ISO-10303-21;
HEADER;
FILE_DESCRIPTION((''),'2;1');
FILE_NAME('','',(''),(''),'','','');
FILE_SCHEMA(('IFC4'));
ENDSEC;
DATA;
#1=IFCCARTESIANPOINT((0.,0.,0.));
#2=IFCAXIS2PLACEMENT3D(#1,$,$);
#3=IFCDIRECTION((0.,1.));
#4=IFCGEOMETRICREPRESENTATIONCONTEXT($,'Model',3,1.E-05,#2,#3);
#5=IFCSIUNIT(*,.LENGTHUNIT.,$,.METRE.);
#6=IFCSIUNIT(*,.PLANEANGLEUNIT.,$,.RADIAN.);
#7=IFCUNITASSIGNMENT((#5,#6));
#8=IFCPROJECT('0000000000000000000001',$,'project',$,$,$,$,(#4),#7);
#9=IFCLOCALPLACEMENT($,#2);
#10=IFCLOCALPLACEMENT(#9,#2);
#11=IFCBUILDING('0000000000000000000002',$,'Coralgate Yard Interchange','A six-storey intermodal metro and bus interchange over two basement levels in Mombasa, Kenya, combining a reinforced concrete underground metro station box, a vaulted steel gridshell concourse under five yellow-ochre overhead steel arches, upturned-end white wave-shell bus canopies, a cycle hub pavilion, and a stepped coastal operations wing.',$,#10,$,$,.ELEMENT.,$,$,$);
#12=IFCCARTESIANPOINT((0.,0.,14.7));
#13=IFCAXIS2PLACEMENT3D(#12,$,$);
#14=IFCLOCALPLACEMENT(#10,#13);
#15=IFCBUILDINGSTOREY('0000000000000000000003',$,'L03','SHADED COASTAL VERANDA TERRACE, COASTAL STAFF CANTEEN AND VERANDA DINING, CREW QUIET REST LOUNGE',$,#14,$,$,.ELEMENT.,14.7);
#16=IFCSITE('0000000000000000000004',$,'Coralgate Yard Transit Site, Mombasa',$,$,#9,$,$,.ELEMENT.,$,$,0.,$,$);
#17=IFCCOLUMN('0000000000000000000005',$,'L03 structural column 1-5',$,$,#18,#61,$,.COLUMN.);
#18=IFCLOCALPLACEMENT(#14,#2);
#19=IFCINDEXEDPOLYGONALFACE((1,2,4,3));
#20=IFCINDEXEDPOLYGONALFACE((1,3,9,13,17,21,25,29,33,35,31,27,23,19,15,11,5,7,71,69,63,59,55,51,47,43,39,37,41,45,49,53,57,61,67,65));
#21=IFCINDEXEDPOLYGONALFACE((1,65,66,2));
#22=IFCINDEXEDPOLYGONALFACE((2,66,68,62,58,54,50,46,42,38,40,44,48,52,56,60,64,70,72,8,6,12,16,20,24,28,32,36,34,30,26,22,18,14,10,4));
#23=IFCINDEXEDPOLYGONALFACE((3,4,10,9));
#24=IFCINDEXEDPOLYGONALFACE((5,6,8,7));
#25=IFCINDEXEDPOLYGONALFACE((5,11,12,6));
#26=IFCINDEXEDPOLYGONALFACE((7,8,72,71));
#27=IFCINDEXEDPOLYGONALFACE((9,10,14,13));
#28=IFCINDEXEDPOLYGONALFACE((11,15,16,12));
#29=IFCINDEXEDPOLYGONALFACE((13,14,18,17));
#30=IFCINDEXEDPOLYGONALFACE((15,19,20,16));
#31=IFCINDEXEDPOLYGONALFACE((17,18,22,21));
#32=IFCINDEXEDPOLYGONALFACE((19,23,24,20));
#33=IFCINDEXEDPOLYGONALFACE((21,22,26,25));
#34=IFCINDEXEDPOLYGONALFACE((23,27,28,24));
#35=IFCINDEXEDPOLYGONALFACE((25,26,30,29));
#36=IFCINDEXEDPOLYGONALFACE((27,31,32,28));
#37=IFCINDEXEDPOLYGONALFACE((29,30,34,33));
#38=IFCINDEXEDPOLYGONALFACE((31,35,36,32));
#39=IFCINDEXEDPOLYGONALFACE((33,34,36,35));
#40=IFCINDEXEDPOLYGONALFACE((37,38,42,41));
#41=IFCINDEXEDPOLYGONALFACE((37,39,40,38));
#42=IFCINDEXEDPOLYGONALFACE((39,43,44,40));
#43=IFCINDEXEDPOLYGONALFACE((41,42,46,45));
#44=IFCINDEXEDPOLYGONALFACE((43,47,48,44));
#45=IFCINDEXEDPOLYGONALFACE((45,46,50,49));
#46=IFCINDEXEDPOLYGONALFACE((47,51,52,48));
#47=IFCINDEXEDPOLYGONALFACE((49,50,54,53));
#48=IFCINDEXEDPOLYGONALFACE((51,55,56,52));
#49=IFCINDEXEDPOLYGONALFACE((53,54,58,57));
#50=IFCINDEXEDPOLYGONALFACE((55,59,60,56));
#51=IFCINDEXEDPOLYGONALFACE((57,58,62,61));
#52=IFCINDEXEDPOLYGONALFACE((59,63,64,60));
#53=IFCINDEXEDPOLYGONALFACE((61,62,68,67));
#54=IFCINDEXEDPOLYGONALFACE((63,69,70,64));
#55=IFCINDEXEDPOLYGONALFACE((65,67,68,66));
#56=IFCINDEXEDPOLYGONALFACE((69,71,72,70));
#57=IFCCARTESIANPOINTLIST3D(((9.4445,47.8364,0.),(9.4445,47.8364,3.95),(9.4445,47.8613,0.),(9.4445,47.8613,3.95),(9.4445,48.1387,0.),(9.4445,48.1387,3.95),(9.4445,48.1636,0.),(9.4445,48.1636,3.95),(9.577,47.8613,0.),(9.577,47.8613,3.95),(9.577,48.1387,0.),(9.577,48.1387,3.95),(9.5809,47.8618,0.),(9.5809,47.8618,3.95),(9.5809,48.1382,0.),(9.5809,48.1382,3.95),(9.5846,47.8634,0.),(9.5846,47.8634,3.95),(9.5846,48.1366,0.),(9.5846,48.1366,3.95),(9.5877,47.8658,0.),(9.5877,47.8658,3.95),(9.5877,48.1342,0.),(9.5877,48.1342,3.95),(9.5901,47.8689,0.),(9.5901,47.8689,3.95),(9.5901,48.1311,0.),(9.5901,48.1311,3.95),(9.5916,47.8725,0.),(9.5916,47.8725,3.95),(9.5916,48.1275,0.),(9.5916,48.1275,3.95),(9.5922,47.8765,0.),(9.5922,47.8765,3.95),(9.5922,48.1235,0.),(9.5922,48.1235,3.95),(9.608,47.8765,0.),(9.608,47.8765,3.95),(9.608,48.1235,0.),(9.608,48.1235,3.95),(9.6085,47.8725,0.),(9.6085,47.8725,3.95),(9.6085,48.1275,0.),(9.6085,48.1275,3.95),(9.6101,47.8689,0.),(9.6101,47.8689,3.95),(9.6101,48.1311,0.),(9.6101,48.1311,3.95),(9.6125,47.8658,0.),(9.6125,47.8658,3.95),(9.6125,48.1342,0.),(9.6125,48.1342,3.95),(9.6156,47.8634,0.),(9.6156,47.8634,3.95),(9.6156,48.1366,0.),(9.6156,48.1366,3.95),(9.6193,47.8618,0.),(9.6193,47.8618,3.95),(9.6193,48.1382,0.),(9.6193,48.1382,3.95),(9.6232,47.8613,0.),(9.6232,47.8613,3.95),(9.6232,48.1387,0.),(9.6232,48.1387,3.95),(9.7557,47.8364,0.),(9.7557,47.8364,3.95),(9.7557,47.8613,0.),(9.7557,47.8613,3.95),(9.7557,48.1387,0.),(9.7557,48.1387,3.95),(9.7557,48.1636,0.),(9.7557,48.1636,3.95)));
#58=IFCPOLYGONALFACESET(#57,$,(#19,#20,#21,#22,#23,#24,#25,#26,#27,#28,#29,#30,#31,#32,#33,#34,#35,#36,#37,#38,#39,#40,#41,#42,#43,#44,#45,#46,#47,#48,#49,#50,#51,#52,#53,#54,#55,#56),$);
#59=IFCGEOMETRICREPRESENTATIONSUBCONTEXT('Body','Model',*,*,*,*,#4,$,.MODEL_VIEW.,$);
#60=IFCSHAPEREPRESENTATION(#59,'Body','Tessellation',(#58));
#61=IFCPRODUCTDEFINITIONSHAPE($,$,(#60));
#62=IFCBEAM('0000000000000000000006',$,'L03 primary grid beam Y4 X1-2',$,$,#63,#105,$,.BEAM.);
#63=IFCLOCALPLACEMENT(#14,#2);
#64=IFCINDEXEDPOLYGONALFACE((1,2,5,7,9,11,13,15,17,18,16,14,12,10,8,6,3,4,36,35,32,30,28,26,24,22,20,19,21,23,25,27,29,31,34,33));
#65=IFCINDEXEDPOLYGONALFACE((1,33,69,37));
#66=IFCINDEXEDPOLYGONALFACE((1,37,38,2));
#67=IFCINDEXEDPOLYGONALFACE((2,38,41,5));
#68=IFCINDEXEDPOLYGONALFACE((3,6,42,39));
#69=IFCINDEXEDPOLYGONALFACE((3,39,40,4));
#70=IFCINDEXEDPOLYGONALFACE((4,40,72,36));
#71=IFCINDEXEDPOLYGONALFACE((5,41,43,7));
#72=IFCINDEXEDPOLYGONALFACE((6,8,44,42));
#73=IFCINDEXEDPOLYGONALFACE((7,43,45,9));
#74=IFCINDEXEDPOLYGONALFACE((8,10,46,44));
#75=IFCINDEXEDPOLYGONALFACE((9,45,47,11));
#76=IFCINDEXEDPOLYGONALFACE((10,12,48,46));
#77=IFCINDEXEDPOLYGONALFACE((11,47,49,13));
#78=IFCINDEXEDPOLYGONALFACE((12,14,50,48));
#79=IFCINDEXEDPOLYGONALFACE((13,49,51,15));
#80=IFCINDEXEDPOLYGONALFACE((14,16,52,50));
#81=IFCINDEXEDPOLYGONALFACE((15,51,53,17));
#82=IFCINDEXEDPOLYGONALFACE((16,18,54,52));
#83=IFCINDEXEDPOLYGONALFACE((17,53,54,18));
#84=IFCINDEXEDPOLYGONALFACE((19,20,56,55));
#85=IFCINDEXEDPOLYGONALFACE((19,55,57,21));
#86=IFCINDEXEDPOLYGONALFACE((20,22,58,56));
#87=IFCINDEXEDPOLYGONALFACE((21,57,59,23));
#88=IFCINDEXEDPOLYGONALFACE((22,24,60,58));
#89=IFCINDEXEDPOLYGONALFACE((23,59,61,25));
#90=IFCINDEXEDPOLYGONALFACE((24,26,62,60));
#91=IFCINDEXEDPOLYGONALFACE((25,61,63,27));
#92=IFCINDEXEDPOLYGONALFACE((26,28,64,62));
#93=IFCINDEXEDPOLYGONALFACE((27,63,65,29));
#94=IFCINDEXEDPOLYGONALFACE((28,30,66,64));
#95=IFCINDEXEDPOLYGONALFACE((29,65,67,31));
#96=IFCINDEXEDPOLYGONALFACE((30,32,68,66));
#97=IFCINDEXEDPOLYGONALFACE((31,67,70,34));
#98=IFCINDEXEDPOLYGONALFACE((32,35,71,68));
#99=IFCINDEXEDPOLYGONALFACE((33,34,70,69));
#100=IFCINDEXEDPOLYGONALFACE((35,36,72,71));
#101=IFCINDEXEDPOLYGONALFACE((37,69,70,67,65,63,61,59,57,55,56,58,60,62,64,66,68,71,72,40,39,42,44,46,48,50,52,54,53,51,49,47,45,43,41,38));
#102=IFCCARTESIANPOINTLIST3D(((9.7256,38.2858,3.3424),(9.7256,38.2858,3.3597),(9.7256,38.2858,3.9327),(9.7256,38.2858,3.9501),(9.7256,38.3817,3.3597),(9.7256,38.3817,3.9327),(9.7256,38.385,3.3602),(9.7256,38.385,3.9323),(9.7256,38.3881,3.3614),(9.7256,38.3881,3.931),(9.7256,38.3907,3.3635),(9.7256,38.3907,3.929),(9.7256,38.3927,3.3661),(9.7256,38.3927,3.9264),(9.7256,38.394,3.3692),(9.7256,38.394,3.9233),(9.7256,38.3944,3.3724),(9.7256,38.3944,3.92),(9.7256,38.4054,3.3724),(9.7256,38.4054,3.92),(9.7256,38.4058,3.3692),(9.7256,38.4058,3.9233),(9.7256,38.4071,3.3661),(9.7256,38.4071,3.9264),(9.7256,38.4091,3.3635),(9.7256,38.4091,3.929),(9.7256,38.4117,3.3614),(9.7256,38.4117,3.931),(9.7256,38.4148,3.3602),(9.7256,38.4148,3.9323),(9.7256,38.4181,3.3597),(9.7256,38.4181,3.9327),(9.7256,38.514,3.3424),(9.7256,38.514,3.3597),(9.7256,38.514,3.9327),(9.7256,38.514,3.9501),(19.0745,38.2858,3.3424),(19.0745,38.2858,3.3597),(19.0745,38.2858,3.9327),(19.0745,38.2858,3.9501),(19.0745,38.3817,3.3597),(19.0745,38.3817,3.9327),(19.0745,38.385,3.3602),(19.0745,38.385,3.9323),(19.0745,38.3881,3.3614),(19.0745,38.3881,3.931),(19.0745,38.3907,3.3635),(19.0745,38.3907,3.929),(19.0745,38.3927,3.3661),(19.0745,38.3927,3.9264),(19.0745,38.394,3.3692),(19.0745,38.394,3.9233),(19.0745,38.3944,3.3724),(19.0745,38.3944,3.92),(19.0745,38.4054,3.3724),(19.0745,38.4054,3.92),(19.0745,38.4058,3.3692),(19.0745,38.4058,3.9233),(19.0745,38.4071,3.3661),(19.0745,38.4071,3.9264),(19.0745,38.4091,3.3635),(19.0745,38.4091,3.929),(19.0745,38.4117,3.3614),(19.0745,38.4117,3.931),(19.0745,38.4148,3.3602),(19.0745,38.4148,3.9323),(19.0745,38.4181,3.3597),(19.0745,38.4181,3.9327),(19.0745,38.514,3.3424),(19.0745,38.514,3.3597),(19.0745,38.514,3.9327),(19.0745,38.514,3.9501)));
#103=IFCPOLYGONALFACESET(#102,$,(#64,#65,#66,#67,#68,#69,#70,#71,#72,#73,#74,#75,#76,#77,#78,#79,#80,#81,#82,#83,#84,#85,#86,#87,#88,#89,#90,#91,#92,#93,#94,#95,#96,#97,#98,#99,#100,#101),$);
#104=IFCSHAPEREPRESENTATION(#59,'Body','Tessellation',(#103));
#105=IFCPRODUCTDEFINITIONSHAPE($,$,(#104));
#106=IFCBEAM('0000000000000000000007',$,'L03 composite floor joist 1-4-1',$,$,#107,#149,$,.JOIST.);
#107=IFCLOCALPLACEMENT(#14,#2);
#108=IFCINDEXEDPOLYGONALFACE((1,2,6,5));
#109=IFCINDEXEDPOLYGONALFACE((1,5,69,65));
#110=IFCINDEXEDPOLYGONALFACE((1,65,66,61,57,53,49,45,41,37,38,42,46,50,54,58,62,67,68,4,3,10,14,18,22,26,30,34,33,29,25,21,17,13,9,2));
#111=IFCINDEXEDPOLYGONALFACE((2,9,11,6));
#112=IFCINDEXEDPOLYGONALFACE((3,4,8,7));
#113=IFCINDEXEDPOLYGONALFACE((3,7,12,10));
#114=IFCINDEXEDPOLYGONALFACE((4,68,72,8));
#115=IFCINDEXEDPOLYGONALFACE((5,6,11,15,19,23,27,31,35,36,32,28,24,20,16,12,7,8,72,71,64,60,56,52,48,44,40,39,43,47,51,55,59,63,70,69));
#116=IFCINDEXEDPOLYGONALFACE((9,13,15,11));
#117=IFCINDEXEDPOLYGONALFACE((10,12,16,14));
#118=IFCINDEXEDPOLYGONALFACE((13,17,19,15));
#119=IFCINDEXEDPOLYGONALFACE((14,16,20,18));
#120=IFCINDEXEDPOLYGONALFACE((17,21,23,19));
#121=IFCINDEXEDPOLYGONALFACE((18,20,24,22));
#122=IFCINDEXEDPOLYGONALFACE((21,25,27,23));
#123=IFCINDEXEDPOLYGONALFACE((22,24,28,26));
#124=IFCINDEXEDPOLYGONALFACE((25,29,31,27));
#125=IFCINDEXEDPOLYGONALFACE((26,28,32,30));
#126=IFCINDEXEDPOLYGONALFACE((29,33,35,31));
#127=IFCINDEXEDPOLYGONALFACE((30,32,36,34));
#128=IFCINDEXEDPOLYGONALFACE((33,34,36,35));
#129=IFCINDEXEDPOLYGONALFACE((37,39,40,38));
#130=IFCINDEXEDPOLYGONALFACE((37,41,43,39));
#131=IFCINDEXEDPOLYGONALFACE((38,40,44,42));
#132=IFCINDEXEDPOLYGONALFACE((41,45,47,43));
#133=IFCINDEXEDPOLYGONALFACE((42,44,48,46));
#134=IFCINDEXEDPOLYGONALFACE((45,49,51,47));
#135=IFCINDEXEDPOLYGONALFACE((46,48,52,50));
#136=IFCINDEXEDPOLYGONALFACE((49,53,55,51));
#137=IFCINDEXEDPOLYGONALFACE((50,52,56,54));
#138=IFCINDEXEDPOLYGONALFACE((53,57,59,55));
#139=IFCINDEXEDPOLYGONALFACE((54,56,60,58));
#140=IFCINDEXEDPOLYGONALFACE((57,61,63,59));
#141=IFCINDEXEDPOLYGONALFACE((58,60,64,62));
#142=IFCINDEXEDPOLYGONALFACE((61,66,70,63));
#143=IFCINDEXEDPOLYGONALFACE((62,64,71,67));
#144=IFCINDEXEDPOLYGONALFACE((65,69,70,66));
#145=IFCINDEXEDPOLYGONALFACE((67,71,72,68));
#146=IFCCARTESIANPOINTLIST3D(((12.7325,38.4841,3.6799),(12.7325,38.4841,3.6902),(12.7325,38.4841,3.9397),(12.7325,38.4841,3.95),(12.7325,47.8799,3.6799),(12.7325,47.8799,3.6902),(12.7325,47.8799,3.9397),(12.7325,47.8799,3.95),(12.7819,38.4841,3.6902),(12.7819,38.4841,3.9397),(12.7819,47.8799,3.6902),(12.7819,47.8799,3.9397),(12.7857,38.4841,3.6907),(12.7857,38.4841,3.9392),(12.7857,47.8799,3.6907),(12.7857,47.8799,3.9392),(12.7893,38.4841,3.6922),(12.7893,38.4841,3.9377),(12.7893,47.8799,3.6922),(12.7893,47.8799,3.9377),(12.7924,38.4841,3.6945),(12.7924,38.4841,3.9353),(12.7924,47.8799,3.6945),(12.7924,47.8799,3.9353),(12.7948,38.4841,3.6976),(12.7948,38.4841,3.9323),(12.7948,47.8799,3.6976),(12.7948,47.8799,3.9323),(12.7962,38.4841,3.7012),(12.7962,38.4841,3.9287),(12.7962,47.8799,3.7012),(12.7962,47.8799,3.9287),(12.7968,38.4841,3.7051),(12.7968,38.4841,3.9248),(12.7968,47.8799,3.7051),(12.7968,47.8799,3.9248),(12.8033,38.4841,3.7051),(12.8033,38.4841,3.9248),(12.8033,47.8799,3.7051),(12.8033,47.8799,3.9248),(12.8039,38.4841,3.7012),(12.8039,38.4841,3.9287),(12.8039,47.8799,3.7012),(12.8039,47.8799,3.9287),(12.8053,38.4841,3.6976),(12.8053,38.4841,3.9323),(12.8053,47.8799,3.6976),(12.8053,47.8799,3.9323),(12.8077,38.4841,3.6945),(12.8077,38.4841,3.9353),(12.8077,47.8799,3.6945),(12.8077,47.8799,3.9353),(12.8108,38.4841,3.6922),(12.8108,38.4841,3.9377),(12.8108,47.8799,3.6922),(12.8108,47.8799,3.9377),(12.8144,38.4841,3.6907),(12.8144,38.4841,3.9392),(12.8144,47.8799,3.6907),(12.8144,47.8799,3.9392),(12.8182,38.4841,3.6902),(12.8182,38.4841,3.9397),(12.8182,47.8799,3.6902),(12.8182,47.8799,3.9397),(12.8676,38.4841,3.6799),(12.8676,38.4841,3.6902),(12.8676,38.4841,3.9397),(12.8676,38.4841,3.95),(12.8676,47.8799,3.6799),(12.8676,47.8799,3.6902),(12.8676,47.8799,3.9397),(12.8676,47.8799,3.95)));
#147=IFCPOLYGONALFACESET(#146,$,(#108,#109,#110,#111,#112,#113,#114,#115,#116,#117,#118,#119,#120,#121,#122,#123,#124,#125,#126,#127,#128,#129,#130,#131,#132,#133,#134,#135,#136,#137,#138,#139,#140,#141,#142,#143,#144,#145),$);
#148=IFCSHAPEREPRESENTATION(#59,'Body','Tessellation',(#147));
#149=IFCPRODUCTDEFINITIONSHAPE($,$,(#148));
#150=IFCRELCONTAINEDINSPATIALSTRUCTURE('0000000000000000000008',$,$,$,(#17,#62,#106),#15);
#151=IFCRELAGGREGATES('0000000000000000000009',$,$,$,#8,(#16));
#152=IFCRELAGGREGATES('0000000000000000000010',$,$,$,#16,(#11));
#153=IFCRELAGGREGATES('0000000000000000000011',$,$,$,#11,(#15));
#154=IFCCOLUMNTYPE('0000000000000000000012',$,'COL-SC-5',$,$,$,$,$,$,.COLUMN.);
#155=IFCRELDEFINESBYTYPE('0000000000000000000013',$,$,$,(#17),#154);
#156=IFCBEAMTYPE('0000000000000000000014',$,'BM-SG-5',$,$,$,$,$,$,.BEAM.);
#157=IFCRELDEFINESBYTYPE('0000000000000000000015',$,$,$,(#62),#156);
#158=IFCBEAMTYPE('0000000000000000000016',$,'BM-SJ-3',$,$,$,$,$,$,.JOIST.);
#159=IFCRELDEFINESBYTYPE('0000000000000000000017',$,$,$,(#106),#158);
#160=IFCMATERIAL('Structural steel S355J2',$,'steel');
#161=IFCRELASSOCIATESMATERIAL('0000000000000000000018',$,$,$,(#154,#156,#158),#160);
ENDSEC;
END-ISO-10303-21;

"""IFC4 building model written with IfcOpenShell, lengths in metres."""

from ifc_helpers import new_model, si_unit, direction, frame, origin, origin_2d, place, context, subcontext, project, spatial, i_section, extrude, material, material_profile, profile_set, type_object, element, save


model = new_model("IFC4")

# Units and contexts
model_context = context("Model", 3, precision=1e-05, world=origin(), true_north=direction((0.0, 1.0)))
body_context = subcontext(model_context, "Body", "Model", "MODEL_VIEW")
ifc_project = project(units=[si_unit("LENGTHUNIT", "METRE"), si_unit("PLANEANGLEUNIT", "RADIAN")], contexts=[model_context])

# Site, building, storey
site_placement = place(None, origin())
site = spatial("IfcSite", under=ifc_project, at=site_placement, Name="Coralgate Yard Transit Site, Mombasa", CompositionType="ELEMENT", RefElevation=0.0)
building_placement = place(site_placement, origin())
building = spatial("IfcBuilding", under=site, at=building_placement, Name="Coralgate Yard Interchange", Description="A six-storey intermodal metro and bus interchange over two basement levels in Mombasa, Kenya, combining a reinforced concrete underground metro station box, a vaulted steel gridshell concourse under five yellow-ochre overhead steel arches, upturned-end white wave-shell bus canopies, a cycle hub pavilion, and a stepped coastal operations wing.", CompositionType="ELEMENT")
storey_placement = place(building_placement, frame((0.0, 0.0, 14.7)))
storey = spatial("IfcBuildingStorey", under=building, at=storey_placement, Name="L03", Description="SHADED COASTAL VERANDA TERRACE, COASTAL STAFF CANTEEN AND VERANDA DINING, CREW QUIET REST LOUNGE", CompositionType="ELEMENT", Elevation=14.7)

# Column
ifc_material_1 = material(Name="Structural steel S355J2", Category="steel")
ifc_material_profile_1 = material_profile(ifc_material_1, i_section(OverallWidth=0.3113, OverallDepth=0.3271, WebThickness=0.0159, FlangeThickness=0.0249, FilletRadius=0.0151, at=origin_2d()), Name="UC 305x305x158")
ifc_profile_set_1 = profile_set([ifc_material_profile_1], Name="Structural steel S355J2")
column_type = type_object("IfcColumnType", Name="COL-SC-5", PredefinedType="COLUMN", material=ifc_profile_set_1)
column_placement = place(storey_placement, frame((9.6001, 48.0, 0.0), z_axis=(0.0, 0.0, 1.0), x_axis=(1.0, 0.0, 0.0)))
element("IfcColumn", 1, at=column_placement, inside=storey, type_object=column_type, Name="L03 structural column 1-5", PredefinedType="COLUMN", context=body_context, shape_type="SweptSolid", body=[
    extrude(i_section(OverallWidth=0.3113, OverallDepth=0.3271, WebThickness=0.0159, FlangeThickness=0.0249, FilletRadius=0.0151, at=origin_2d()), origin(), (0.0, 0.0, 1.0), 3.95),
])

# Beams
ifc_material_profile_2 = material_profile(ifc_material_1, i_section(OverallWidth=0.2283, OverallDepth=0.6077, WebThickness=0.011, FlangeThickness=0.0173, FilletRadius=0.0127, at=origin_2d()), Name="UB 610x229x113")
ifc_profile_set_2 = profile_set([ifc_material_profile_2], Name="Structural steel S355J2")
beam_type_1 = type_object("IfcBeamType", Name="BM-SG-5", PredefinedType="BEAM", material=ifc_profile_set_2)
beam_1_placement = place(storey_placement, frame((9.7256, 38.3999, 3.6462), z_axis=(1.0, 0.0, 0.0), x_axis=(0.0, 1.0, 0.0)))
element("IfcBeam", 2, at=beam_1_placement, inside=storey, type_object=beam_type_1, Name="L03 primary grid beam Y4 X1-2", PredefinedType="BEAM", context=body_context, shape_type="SweptSolid", body=[
    extrude(i_section(OverallWidth=0.2283, OverallDepth=0.6077, WebThickness=0.011, FlangeThickness=0.0173, FilletRadius=0.0127, at=origin_2d()), origin(), (0.0, 0.0, 1.0), 9.3489),
])
ifc_material_profile_3 = material_profile(ifc_material_1, i_section(OverallWidth=0.135, OverallDepth=0.27, WebThickness=0.0066, FlangeThickness=0.0103, FilletRadius=0.0149, at=origin_2d()), Name="IPE 270")
ifc_profile_set_3 = profile_set([ifc_material_profile_3], Name="Structural steel S355J2")
beam_type_2 = type_object("IfcBeamType", Name="BM-SJ-3", PredefinedType="JOIST", material=ifc_profile_set_3)
beam_2_placement = place(storey_placement, frame((12.8, 38.4841, 3.8149), z_axis=(0.0, 1.0, 0.0), x_axis=(-1.0, 0.0, 0.0)))
element("IfcBeam", 3, at=beam_2_placement, inside=storey, type_object=beam_type_2, Name="L03 composite floor joist 1-4-1", PredefinedType="JOIST", context=body_context, shape_type="SweptSolid", body=[
    extrude(i_section(OverallWidth=0.135, OverallDepth=0.27, WebThickness=0.0066, FlangeThickness=0.0103, FilletRadius=0.0149, at=origin_2d()), origin(), (0.0, 0.0, 1.0), 9.3958),
])

save(model, "model.ifc")
